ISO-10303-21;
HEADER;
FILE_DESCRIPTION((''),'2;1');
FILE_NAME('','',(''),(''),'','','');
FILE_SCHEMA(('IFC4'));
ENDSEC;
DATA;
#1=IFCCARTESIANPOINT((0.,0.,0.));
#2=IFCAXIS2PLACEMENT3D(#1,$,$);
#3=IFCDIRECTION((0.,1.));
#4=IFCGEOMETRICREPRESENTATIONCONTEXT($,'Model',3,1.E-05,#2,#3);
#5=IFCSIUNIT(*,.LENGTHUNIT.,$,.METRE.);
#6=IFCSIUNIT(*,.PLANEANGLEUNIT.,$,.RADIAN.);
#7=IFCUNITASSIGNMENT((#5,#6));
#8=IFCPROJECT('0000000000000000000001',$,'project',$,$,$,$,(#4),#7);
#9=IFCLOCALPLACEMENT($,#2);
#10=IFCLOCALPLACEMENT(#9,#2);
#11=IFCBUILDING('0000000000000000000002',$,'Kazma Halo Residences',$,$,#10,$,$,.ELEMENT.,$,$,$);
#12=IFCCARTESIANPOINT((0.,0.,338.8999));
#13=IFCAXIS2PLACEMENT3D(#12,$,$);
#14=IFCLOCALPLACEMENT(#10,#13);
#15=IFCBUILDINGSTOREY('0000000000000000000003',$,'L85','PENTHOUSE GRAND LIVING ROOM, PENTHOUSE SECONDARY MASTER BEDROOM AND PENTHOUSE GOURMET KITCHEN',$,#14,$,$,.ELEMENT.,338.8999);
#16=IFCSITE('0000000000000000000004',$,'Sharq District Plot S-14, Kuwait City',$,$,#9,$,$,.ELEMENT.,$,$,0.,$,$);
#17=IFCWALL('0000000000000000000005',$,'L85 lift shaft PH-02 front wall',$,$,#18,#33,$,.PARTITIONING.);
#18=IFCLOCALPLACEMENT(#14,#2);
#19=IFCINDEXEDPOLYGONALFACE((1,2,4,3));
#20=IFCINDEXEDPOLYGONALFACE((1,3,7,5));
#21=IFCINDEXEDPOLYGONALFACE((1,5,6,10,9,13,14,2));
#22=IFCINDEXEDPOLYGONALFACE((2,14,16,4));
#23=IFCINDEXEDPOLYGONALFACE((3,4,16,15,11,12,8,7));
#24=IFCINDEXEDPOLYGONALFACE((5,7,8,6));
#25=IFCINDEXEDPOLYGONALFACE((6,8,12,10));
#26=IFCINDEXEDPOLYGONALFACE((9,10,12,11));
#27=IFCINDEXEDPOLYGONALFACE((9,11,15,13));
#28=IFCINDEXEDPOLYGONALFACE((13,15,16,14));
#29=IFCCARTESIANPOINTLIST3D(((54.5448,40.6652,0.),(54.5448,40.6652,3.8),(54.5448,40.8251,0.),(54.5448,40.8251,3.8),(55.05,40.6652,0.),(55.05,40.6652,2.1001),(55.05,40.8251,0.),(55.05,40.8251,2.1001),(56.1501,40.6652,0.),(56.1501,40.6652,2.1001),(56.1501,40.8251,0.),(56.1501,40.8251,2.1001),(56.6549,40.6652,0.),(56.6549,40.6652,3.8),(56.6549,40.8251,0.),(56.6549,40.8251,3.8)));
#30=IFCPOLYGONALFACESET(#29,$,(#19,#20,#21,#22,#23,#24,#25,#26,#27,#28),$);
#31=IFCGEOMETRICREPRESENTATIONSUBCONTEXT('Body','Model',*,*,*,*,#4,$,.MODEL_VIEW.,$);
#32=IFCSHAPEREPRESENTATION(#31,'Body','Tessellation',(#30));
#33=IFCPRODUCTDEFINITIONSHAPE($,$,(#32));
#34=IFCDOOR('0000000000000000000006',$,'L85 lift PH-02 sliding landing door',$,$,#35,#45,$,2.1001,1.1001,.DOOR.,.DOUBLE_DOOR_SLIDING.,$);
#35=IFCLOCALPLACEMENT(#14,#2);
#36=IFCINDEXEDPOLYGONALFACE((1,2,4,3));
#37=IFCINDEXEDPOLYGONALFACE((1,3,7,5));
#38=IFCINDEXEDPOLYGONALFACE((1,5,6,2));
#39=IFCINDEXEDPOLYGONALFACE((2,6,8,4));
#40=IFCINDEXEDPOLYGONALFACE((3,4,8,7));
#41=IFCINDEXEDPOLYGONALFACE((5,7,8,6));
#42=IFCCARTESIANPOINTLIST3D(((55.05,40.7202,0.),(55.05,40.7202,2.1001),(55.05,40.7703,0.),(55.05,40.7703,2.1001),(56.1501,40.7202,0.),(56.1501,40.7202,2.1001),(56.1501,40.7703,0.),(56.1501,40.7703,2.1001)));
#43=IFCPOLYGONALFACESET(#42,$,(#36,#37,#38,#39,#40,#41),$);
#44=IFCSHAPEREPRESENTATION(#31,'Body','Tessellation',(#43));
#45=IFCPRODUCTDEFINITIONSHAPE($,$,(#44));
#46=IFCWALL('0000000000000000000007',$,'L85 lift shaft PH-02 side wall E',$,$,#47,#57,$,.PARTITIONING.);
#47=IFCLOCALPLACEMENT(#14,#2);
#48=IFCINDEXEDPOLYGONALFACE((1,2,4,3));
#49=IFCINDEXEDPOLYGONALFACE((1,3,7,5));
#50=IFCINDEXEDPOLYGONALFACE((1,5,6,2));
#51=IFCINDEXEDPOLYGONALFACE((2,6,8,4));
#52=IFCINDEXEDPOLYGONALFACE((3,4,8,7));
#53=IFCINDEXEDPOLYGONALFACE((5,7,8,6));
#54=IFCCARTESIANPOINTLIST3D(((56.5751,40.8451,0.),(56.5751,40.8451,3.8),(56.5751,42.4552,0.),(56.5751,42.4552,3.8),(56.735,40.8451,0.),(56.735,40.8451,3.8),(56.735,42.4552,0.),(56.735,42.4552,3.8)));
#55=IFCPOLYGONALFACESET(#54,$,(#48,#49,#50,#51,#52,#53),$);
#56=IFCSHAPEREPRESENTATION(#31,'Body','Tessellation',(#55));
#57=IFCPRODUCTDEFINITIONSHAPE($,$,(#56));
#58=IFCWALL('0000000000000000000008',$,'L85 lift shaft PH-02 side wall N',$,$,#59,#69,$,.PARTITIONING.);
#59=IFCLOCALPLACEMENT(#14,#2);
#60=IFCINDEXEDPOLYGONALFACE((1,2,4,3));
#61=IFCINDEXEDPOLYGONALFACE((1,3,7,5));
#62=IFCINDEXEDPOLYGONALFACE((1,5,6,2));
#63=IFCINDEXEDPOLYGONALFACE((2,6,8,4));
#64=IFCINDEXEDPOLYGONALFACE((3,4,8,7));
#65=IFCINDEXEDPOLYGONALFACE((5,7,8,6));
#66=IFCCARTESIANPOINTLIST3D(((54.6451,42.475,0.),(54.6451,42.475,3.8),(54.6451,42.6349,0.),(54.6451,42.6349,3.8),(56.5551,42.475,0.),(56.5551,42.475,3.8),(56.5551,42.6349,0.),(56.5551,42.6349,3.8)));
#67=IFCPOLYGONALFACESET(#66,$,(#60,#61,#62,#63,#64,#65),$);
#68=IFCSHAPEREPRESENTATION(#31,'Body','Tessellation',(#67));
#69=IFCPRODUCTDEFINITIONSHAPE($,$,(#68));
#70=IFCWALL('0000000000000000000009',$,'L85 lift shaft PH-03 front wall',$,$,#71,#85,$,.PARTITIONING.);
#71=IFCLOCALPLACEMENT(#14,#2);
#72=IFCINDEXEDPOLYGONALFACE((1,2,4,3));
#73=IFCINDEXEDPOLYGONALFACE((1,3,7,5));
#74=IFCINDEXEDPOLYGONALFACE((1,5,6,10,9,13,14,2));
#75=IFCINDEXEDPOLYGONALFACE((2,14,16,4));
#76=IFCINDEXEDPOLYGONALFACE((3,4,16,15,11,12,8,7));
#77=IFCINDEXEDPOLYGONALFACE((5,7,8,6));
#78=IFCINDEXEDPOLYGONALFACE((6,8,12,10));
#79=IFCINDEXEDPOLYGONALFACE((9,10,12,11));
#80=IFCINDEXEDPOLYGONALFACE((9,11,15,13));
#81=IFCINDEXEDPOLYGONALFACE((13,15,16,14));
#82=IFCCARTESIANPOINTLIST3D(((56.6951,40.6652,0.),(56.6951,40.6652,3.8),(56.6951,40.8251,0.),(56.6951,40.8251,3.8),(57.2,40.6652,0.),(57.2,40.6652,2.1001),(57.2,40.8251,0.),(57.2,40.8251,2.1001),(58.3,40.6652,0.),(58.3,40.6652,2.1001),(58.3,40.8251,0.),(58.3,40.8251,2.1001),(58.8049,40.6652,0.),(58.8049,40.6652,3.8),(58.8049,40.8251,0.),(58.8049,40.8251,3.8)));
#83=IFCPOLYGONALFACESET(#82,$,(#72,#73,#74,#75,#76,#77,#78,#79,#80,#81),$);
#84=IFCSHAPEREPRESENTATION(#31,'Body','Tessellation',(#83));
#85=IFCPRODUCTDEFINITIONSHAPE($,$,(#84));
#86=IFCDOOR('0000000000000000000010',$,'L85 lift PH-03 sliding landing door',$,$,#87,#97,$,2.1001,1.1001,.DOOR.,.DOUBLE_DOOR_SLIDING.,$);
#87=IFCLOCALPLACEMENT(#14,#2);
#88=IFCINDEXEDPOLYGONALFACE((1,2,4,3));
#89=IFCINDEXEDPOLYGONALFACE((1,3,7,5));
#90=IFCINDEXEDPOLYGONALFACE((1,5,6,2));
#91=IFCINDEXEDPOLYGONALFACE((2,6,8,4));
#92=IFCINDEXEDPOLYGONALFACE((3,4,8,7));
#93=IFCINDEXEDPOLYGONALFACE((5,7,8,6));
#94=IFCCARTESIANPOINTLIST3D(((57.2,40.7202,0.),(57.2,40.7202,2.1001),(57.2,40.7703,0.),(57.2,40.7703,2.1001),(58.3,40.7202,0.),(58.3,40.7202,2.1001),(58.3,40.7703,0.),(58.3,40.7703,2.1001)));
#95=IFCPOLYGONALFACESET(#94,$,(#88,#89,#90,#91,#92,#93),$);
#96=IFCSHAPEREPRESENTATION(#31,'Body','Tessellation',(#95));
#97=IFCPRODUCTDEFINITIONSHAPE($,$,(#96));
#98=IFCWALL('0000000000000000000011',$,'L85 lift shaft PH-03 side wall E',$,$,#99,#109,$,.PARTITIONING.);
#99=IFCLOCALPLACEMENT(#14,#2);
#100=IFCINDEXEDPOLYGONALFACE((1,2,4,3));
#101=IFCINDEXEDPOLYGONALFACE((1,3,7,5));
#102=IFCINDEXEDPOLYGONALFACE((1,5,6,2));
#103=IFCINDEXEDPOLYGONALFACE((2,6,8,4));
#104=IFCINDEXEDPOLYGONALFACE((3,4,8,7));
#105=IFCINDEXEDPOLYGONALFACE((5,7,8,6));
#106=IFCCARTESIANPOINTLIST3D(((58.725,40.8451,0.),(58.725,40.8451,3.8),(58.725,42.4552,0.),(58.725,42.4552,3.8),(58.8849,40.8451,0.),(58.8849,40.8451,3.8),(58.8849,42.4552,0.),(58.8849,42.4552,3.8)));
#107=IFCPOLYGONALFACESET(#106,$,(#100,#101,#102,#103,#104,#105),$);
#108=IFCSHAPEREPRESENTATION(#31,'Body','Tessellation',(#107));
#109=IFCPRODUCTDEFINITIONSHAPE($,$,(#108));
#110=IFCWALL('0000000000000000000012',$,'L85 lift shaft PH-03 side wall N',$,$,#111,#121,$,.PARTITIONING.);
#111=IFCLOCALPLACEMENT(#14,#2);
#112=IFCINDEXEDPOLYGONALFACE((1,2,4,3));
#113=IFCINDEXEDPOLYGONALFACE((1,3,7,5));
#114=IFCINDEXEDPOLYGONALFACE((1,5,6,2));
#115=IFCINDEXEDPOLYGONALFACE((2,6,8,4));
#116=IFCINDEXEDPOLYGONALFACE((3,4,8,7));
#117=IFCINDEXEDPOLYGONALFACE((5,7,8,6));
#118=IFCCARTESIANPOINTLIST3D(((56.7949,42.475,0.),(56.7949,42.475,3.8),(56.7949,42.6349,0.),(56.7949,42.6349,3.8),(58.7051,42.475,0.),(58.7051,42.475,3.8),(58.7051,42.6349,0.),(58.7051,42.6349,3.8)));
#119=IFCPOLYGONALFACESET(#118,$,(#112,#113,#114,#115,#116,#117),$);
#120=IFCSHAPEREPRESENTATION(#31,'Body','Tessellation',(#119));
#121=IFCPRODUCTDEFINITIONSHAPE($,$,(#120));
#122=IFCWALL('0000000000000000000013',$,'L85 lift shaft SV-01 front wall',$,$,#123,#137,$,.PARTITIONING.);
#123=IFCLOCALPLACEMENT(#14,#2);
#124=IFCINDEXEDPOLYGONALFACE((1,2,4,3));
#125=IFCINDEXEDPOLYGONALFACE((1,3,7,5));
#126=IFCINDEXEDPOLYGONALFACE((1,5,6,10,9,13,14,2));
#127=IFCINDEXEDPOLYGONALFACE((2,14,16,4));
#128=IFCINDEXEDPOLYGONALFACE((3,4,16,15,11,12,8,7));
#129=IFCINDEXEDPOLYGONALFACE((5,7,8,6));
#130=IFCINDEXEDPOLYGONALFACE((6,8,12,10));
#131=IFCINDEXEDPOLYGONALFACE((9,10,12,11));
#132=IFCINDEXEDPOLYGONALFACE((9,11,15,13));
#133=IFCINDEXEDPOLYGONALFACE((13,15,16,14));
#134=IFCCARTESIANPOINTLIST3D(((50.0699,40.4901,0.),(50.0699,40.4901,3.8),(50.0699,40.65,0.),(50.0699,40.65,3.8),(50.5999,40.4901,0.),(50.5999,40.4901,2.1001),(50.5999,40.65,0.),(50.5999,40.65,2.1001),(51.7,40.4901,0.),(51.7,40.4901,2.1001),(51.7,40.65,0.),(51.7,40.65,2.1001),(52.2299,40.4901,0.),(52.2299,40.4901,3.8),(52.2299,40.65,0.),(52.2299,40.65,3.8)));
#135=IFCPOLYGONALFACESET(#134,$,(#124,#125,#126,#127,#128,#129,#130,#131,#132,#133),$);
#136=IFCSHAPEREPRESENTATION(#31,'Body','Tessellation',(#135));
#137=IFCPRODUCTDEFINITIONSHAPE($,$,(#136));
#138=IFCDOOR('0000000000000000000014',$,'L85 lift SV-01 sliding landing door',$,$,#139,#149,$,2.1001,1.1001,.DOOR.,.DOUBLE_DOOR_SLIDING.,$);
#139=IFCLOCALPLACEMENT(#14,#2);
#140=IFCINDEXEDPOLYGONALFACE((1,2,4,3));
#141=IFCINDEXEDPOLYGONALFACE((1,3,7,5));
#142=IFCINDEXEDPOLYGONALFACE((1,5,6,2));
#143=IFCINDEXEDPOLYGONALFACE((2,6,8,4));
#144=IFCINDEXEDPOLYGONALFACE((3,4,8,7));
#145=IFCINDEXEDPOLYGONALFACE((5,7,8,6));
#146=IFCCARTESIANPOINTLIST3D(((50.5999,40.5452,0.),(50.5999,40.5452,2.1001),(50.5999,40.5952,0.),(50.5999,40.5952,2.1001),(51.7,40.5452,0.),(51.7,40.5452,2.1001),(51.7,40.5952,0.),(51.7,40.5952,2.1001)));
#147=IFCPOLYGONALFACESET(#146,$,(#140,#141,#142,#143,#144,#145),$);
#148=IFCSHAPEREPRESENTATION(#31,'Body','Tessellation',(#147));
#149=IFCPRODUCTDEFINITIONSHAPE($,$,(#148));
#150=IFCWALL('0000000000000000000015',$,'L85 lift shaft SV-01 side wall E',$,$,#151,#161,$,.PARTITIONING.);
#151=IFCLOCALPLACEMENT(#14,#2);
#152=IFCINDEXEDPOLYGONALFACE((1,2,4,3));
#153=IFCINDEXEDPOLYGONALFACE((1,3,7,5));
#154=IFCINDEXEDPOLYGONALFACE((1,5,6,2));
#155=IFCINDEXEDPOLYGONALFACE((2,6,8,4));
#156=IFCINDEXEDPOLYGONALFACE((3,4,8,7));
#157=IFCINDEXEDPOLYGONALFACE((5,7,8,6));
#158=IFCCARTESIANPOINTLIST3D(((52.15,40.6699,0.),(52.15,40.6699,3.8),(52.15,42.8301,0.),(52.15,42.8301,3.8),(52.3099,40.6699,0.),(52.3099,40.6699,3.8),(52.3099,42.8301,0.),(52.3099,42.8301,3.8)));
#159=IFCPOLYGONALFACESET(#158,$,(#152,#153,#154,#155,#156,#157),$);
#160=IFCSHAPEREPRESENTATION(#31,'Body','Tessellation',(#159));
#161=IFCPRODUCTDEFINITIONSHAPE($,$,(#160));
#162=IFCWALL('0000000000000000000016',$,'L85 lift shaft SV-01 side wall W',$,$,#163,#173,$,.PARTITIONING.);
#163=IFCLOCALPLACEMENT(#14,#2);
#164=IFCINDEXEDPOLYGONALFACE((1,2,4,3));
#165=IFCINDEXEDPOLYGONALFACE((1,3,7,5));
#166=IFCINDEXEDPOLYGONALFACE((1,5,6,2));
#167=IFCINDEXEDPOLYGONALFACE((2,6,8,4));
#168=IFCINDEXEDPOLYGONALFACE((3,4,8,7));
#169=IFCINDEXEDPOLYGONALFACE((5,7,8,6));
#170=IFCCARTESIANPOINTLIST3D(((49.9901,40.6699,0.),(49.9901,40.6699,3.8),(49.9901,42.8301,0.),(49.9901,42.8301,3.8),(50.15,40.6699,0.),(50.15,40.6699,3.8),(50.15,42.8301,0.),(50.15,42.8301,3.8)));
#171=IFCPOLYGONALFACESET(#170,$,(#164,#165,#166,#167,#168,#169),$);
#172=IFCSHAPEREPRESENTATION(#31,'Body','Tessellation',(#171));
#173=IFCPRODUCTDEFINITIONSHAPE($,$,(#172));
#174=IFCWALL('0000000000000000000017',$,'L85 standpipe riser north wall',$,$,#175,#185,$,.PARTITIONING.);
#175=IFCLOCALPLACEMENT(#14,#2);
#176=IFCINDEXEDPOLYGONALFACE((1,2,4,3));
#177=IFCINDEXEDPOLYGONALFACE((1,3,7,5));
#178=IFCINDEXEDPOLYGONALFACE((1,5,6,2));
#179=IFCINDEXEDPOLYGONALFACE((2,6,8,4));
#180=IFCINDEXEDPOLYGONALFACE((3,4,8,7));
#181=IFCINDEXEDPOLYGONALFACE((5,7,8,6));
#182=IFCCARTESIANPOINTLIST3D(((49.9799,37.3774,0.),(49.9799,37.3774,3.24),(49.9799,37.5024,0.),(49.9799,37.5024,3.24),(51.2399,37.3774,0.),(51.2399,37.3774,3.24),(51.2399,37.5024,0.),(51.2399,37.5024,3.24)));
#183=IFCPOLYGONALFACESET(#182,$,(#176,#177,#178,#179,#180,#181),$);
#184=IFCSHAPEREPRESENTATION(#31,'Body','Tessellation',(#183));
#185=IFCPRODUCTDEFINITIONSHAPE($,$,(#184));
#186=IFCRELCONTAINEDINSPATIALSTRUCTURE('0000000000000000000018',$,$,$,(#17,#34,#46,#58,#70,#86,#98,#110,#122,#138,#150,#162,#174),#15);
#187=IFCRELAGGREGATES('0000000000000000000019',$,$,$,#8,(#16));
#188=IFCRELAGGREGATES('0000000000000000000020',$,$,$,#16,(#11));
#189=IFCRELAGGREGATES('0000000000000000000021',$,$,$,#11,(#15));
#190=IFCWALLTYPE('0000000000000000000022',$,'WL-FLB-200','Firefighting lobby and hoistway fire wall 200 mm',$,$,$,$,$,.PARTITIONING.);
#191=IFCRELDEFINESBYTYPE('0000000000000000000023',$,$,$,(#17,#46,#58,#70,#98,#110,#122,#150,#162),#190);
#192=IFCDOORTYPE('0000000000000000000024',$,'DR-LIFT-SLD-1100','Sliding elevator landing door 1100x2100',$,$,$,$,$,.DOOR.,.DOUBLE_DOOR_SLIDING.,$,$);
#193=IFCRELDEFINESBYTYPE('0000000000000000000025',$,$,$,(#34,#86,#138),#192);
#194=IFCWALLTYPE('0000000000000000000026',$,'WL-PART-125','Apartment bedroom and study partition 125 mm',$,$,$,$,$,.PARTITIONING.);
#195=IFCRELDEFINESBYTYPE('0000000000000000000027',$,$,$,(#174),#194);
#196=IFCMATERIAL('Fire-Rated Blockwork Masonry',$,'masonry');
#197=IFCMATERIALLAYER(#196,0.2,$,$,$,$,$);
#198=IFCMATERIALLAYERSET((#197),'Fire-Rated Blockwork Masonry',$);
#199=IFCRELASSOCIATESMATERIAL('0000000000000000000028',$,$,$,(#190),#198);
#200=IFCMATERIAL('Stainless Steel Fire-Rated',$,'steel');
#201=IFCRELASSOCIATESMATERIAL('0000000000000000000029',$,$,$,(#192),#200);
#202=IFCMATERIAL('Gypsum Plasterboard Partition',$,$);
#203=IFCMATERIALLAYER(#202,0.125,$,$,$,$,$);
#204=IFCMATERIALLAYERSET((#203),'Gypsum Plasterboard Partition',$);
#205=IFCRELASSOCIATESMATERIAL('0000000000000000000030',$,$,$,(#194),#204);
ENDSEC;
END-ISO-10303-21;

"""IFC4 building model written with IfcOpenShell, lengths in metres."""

from ifc_helpers import new_model, si_unit, direction, frame, frame_2d, origin, place, context, subcontext, project, spatial, rectangle, extrude, material, layer, layer_set, type_object, element, fill, save


model = new_model("IFC4")

# Units and contexts
model_context = context("Model", 3, precision=1e-05, world=origin(), true_north=direction((0.0, 1.0)))
body_context = subcontext(model_context, "Body", "Model", "MODEL_VIEW")
ifc_project = project(units=[si_unit("LENGTHUNIT", "METRE"), si_unit("PLANEANGLEUNIT", "RADIAN")], contexts=[model_context])

# Site, building, storey
site_placement = place(None, origin())
site = spatial("IfcSite", under=ifc_project, at=site_placement, Name="Sharq District Plot S-14, Kuwait City", CompositionType="ELEMENT", RefElevation=0.0)
building_placement = place(site_placement, origin())
building = spatial("IfcBuilding", under=site, at=building_placement, Name="Kazma Halo Residences", CompositionType="ELEMENT")
storey_placement = place(building_placement, frame((0.0, 0.0, 338.8999)))
storey = spatial("IfcBuildingStorey", under=building, at=storey_placement, Name="L85", Description="PENTHOUSE GRAND LIVING ROOM, PENTHOUSE SECONDARY MASTER BEDROOM AND PENTHOUSE GOURMET KITCHEN", CompositionType="ELEMENT", Elevation=338.8999)

# Shared definitions
ifc_material_1 = material(Name="Fire-Rated Blockwork Masonry", Category="masonry")
ifc_layer_1 = layer(ifc_material_1, 0.2)
ifc_layer_set_1 = layer_set([ifc_layer_1], Name="Fire-Rated Blockwork Masonry")
wall_type_1 = type_object("IfcWallType", Name="WL-FLB-200", Description="Firefighting lobby and hoistway fire wall 200 mm", PredefinedType="PARTITIONING", material=ifc_layer_set_1)
ifc_material_2 = material(Name="Stainless Steel Fire-Rated", Category="steel")
door_type_1 = type_object("IfcDoorType", Name="DR-LIFT-SLD-1100", Description="Sliding elevator landing door 1100x2100", OperationType="DOUBLE_DOOR_SLIDING", PredefinedType="DOOR", material=ifc_material_2)

# Wall, opening, door
wall_1_placement = place(storey_placement, frame((56.655, 40.7451, 0.0), z_axis=(0.0, 0.0, 1.0), x_axis=(-1.0, 0.0, 0.0)))
wall_1 = element("IfcWall", 1, at=wall_1_placement, inside=storey, type_object=wall_type_1, Name="L85 lift shaft PH-02 front wall", PredefinedType="PARTITIONING", context=body_context, shape_type="SweptSolid", body=[
    extrude(rectangle(XDim=2.1101, YDim=0.1599, at=frame_2d((1.0552, 0.0))), origin(), (0.0, 0.0, 1.0), 3.8),
])
opening_1_placement = place(wall_1_placement, frame((0.5049, 0.0, 0.0)))
opening_1 = element("IfcOpeningElement", 2, at=opening_1_placement, cuts=wall_1, PredefinedType="OPENING", context=body_context, shape_type="SweptSolid", body=[
    extrude(rectangle(XDim=1.1001, YDim=2.1001, at=frame_2d((0.55, 1.05))), frame((0.0, 0.0898, 0.0), z_axis=(0.0, -1.0, 0.0), x_axis=(1.0, 0.0, 0.0)), (0.0, 0.0, 1.0), 0.1799),
])
door_1_placement = place(opening_1_placement, origin())
door_1 = element("IfcDoor", 3, at=door_1_placement, inside=storey, type_object=door_type_1, Name="L85 lift PH-02 sliding landing door", OperationType="DOUBLE_DOOR_SLIDING", OverallHeight=2.1001, OverallWidth=1.1001, PredefinedType="DOOR", context=body_context, shape_type="SweptSolid", body=[
    extrude(rectangle(XDim=1.1001, YDim=2.1001, at=frame_2d((0.55, 1.05))), frame((0.0, 0.0249, 0.0), z_axis=(0.0, -1.0, 0.0), x_axis=(1.0, 0.0, 0.0)), (0.0, 0.0, 1.0), 0.05),
])
fill(opening_1, door_1)

# Walls
wall_2_placement = place(storey_placement, frame((56.655, 40.845, 0.0), z_axis=(0.0, 0.0, 1.0), x_axis=(0.0, 1.0, 0.0)))
element("IfcWall", 4, at=wall_2_placement, inside=storey, type_object=wall_type_1, Name="L85 lift shaft PH-02 side wall E", PredefinedType="PARTITIONING", context=body_context, shape_type="SweptSolid", body=[
    extrude(rectangle(XDim=1.6101, YDim=0.1599, at=frame_2d((0.8052, 0.0))), origin(), (0.0, 0.0, 1.0), 3.8),
])
wall_3_placement = place(storey_placement, frame((54.645, 42.5549, 0.0), z_axis=(0.0, 0.0, 1.0), x_axis=(1.0, 0.0, 0.0)))
element("IfcWall", 5, at=wall_3_placement, inside=storey, type_object=wall_type_1, Name="L85 lift shaft PH-02 side wall N", PredefinedType="PARTITIONING", context=body_context, shape_type="SweptSolid", body=[
    extrude(rectangle(XDim=1.9099, YDim=0.1599, at=frame_2d((0.9551, 0.0))), origin(), (0.0, 0.0, 1.0), 3.8),
])

# Wall, opening, door
wall_4_placement = place(storey_placement, frame((58.8049, 40.7451, 0.0), z_axis=(0.0, 0.0, 1.0), x_axis=(-1.0, 0.0, 0.0)))
wall_4 = element("IfcWall", 6, at=wall_4_placement, inside=storey, type_object=wall_type_1, Name="L85 lift shaft PH-03 front wall", PredefinedType="PARTITIONING", context=body_context, shape_type="SweptSolid", body=[
    extrude(rectangle(XDim=2.1099, YDim=0.1599, at=frame_2d((1.0549, 0.0))), origin(), (0.0, 0.0, 1.0), 3.8),
])
opening_2_placement = place(wall_4_placement, frame((0.5049, 0.0, 0.0)))
opening_2 = element("IfcOpeningElement", 7, at=opening_2_placement, cuts=wall_4, PredefinedType="OPENING", context=body_context, shape_type="SweptSolid", body=[
    extrude(rectangle(XDim=1.1001, YDim=2.1001, at=frame_2d((0.55, 1.05))), frame((0.0, 0.0898, 0.0), z_axis=(0.0, -1.0, 0.0), x_axis=(1.0, 0.0, 0.0)), (0.0, 0.0, 1.0), 0.1799),
])
door_2_placement = place(opening_2_placement, origin())
door_2 = element("IfcDoor", 8, at=door_2_placement, inside=storey, type_object=door_type_1, Name="L85 lift PH-03 sliding landing door", OperationType="DOUBLE_DOOR_SLIDING", OverallHeight=2.1001, OverallWidth=1.1001, PredefinedType="DOOR", context=body_context, shape_type="SweptSolid", body=[
    extrude(rectangle(XDim=1.1001, YDim=2.1001, at=frame_2d((0.55, 1.05))), frame((0.0, 0.0249, 0.0), z_axis=(0.0, -1.0, 0.0), x_axis=(1.0, 0.0, 0.0)), (0.0, 0.0, 1.0), 0.05),
])
fill(opening_2, door_2)

# Walls
wall_5_placement = place(storey_placement, frame((58.8049, 40.845, 0.0), z_axis=(0.0, 0.0, 1.0), x_axis=(0.0, 1.0, 0.0)))
element("IfcWall", 9, at=wall_5_placement, inside=storey, type_object=wall_type_1, Name="L85 lift shaft PH-03 side wall E", PredefinedType="PARTITIONING", context=body_context, shape_type="SweptSolid", body=[
    extrude(rectangle(XDim=1.6101, YDim=0.1599, at=frame_2d((0.8052, 0.0))), origin(), (0.0, 0.0, 1.0), 3.8),
])
wall_6_placement = place(storey_placement, frame((56.7949, 42.5549, 0.0), z_axis=(0.0, 0.0, 1.0), x_axis=(1.0, 0.0, 0.0)))
element("IfcWall", 10, at=wall_6_placement, inside=storey, type_object=wall_type_1, Name="L85 lift shaft PH-03 side wall N", PredefinedType="PARTITIONING", context=body_context, shape_type="SweptSolid", body=[
    extrude(rectangle(XDim=1.9102, YDim=0.1599, at=frame_2d((0.9551, 0.0))), origin(), (0.0, 0.0, 1.0), 3.8),
])

# Wall, opening, door
wall_7_placement = place(storey_placement, frame((52.23, 40.5701, 0.0), z_axis=(0.0, 0.0, 1.0), x_axis=(-1.0, 0.0, 0.0)))
wall_7 = element("IfcWall", 11, at=wall_7_placement, inside=storey, type_object=wall_type_1, Name="L85 lift shaft SV-01 front wall", PredefinedType="PARTITIONING", context=body_context, shape_type="SweptSolid", body=[
    extrude(rectangle(XDim=2.1599, YDim=0.1599, at=frame_2d((1.0801, 0.0))), origin(), (0.0, 0.0, 1.0), 3.8),
])
opening_3_placement = place(wall_7_placement, frame((0.53, 0.0, 0.0)))
opening_3 = element("IfcOpeningElement", 12, at=opening_3_placement, cuts=wall_7, PredefinedType="OPENING", context=body_context, shape_type="SweptSolid", body=[
    extrude(rectangle(XDim=1.1001, YDim=2.1001, at=frame_2d((0.55, 1.05))), frame((0.0, 0.0898, 0.0), z_axis=(0.0, -1.0, 0.0), x_axis=(1.0, 0.0, 0.0)), (0.0, 0.0, 1.0), 0.1799),
])
door_3_placement = place(opening_3_placement, origin())
door_3 = element("IfcDoor", 13, at=door_3_placement, inside=storey, type_object=door_type_1, Name="L85 lift SV-01 sliding landing door", OperationType="DOUBLE_DOOR_SLIDING", OverallHeight=2.1001, OverallWidth=1.1001, PredefinedType="DOOR", context=body_context, shape_type="SweptSolid", body=[
    extrude(rectangle(XDim=1.1001, YDim=2.1001, at=frame_2d((0.55, 1.05))), frame((0.0, 0.0249, 0.0), z_axis=(0.0, -1.0, 0.0), x_axis=(1.0, 0.0, 0.0)), (0.0, 0.0, 1.0), 0.05),
])
fill(opening_3, door_3)

# Walls
for number, where, z_axis, x_axis, name in (
    (14, (52.23, 40.6699, 0.0), (0.0, 0.0, 1.0), (0.0, 1.0, 0.0), "L85 lift shaft SV-01 side wall E"),
    (15, (50.0701, 40.6699, 0.0), (0.0, 0.0, 1.0), (0.0, 1.0, 0.0), "L85 lift shaft SV-01 side wall W"),
):
    element("IfcWall", number, at=place(storey_placement, frame(where, z_axis=z_axis, x_axis=x_axis)), inside=storey, type_object=wall_type_1, Name=name, PredefinedType="PARTITIONING", context=body_context, shape_type="SweptSolid", body=[
        extrude(rectangle(XDim=2.1602, YDim=0.1599, at=frame_2d((1.0801, 0.0))), origin(), (0.0, 0.0, 1.0), 3.8),
    ])
ifc_material_3 = material(Name="Gypsum Plasterboard Partition")
ifc_layer_2 = layer(ifc_material_3, 0.125)
ifc_layer_set_2 = layer_set([ifc_layer_2], Name="Gypsum Plasterboard Partition")
wall_type_2 = type_object("IfcWallType", Name="WL-PART-125", Description="Apartment bedroom and study partition 125 mm", PredefinedType="PARTITIONING", material=ifc_layer_set_2)
wall_8_placement = place(storey_placement, frame((49.98, 37.4399, 0.0), z_axis=(0.0, 0.0, 1.0), x_axis=(1.0, 0.0, 0.0)))
element("IfcWall", 16, at=wall_8_placement, inside=storey, type_object=wall_type_2, Name="L85 standpipe riser north wall", PredefinedType="PARTITIONING", context=body_context, shape_type="SweptSolid", body=[
    extrude(rectangle(XDim=1.26, YDim=0.125, at=frame_2d((0.6299, 0.0))), origin(), (0.0, 0.0, 1.0), 3.24),
])

save(model, "model.ifc")
